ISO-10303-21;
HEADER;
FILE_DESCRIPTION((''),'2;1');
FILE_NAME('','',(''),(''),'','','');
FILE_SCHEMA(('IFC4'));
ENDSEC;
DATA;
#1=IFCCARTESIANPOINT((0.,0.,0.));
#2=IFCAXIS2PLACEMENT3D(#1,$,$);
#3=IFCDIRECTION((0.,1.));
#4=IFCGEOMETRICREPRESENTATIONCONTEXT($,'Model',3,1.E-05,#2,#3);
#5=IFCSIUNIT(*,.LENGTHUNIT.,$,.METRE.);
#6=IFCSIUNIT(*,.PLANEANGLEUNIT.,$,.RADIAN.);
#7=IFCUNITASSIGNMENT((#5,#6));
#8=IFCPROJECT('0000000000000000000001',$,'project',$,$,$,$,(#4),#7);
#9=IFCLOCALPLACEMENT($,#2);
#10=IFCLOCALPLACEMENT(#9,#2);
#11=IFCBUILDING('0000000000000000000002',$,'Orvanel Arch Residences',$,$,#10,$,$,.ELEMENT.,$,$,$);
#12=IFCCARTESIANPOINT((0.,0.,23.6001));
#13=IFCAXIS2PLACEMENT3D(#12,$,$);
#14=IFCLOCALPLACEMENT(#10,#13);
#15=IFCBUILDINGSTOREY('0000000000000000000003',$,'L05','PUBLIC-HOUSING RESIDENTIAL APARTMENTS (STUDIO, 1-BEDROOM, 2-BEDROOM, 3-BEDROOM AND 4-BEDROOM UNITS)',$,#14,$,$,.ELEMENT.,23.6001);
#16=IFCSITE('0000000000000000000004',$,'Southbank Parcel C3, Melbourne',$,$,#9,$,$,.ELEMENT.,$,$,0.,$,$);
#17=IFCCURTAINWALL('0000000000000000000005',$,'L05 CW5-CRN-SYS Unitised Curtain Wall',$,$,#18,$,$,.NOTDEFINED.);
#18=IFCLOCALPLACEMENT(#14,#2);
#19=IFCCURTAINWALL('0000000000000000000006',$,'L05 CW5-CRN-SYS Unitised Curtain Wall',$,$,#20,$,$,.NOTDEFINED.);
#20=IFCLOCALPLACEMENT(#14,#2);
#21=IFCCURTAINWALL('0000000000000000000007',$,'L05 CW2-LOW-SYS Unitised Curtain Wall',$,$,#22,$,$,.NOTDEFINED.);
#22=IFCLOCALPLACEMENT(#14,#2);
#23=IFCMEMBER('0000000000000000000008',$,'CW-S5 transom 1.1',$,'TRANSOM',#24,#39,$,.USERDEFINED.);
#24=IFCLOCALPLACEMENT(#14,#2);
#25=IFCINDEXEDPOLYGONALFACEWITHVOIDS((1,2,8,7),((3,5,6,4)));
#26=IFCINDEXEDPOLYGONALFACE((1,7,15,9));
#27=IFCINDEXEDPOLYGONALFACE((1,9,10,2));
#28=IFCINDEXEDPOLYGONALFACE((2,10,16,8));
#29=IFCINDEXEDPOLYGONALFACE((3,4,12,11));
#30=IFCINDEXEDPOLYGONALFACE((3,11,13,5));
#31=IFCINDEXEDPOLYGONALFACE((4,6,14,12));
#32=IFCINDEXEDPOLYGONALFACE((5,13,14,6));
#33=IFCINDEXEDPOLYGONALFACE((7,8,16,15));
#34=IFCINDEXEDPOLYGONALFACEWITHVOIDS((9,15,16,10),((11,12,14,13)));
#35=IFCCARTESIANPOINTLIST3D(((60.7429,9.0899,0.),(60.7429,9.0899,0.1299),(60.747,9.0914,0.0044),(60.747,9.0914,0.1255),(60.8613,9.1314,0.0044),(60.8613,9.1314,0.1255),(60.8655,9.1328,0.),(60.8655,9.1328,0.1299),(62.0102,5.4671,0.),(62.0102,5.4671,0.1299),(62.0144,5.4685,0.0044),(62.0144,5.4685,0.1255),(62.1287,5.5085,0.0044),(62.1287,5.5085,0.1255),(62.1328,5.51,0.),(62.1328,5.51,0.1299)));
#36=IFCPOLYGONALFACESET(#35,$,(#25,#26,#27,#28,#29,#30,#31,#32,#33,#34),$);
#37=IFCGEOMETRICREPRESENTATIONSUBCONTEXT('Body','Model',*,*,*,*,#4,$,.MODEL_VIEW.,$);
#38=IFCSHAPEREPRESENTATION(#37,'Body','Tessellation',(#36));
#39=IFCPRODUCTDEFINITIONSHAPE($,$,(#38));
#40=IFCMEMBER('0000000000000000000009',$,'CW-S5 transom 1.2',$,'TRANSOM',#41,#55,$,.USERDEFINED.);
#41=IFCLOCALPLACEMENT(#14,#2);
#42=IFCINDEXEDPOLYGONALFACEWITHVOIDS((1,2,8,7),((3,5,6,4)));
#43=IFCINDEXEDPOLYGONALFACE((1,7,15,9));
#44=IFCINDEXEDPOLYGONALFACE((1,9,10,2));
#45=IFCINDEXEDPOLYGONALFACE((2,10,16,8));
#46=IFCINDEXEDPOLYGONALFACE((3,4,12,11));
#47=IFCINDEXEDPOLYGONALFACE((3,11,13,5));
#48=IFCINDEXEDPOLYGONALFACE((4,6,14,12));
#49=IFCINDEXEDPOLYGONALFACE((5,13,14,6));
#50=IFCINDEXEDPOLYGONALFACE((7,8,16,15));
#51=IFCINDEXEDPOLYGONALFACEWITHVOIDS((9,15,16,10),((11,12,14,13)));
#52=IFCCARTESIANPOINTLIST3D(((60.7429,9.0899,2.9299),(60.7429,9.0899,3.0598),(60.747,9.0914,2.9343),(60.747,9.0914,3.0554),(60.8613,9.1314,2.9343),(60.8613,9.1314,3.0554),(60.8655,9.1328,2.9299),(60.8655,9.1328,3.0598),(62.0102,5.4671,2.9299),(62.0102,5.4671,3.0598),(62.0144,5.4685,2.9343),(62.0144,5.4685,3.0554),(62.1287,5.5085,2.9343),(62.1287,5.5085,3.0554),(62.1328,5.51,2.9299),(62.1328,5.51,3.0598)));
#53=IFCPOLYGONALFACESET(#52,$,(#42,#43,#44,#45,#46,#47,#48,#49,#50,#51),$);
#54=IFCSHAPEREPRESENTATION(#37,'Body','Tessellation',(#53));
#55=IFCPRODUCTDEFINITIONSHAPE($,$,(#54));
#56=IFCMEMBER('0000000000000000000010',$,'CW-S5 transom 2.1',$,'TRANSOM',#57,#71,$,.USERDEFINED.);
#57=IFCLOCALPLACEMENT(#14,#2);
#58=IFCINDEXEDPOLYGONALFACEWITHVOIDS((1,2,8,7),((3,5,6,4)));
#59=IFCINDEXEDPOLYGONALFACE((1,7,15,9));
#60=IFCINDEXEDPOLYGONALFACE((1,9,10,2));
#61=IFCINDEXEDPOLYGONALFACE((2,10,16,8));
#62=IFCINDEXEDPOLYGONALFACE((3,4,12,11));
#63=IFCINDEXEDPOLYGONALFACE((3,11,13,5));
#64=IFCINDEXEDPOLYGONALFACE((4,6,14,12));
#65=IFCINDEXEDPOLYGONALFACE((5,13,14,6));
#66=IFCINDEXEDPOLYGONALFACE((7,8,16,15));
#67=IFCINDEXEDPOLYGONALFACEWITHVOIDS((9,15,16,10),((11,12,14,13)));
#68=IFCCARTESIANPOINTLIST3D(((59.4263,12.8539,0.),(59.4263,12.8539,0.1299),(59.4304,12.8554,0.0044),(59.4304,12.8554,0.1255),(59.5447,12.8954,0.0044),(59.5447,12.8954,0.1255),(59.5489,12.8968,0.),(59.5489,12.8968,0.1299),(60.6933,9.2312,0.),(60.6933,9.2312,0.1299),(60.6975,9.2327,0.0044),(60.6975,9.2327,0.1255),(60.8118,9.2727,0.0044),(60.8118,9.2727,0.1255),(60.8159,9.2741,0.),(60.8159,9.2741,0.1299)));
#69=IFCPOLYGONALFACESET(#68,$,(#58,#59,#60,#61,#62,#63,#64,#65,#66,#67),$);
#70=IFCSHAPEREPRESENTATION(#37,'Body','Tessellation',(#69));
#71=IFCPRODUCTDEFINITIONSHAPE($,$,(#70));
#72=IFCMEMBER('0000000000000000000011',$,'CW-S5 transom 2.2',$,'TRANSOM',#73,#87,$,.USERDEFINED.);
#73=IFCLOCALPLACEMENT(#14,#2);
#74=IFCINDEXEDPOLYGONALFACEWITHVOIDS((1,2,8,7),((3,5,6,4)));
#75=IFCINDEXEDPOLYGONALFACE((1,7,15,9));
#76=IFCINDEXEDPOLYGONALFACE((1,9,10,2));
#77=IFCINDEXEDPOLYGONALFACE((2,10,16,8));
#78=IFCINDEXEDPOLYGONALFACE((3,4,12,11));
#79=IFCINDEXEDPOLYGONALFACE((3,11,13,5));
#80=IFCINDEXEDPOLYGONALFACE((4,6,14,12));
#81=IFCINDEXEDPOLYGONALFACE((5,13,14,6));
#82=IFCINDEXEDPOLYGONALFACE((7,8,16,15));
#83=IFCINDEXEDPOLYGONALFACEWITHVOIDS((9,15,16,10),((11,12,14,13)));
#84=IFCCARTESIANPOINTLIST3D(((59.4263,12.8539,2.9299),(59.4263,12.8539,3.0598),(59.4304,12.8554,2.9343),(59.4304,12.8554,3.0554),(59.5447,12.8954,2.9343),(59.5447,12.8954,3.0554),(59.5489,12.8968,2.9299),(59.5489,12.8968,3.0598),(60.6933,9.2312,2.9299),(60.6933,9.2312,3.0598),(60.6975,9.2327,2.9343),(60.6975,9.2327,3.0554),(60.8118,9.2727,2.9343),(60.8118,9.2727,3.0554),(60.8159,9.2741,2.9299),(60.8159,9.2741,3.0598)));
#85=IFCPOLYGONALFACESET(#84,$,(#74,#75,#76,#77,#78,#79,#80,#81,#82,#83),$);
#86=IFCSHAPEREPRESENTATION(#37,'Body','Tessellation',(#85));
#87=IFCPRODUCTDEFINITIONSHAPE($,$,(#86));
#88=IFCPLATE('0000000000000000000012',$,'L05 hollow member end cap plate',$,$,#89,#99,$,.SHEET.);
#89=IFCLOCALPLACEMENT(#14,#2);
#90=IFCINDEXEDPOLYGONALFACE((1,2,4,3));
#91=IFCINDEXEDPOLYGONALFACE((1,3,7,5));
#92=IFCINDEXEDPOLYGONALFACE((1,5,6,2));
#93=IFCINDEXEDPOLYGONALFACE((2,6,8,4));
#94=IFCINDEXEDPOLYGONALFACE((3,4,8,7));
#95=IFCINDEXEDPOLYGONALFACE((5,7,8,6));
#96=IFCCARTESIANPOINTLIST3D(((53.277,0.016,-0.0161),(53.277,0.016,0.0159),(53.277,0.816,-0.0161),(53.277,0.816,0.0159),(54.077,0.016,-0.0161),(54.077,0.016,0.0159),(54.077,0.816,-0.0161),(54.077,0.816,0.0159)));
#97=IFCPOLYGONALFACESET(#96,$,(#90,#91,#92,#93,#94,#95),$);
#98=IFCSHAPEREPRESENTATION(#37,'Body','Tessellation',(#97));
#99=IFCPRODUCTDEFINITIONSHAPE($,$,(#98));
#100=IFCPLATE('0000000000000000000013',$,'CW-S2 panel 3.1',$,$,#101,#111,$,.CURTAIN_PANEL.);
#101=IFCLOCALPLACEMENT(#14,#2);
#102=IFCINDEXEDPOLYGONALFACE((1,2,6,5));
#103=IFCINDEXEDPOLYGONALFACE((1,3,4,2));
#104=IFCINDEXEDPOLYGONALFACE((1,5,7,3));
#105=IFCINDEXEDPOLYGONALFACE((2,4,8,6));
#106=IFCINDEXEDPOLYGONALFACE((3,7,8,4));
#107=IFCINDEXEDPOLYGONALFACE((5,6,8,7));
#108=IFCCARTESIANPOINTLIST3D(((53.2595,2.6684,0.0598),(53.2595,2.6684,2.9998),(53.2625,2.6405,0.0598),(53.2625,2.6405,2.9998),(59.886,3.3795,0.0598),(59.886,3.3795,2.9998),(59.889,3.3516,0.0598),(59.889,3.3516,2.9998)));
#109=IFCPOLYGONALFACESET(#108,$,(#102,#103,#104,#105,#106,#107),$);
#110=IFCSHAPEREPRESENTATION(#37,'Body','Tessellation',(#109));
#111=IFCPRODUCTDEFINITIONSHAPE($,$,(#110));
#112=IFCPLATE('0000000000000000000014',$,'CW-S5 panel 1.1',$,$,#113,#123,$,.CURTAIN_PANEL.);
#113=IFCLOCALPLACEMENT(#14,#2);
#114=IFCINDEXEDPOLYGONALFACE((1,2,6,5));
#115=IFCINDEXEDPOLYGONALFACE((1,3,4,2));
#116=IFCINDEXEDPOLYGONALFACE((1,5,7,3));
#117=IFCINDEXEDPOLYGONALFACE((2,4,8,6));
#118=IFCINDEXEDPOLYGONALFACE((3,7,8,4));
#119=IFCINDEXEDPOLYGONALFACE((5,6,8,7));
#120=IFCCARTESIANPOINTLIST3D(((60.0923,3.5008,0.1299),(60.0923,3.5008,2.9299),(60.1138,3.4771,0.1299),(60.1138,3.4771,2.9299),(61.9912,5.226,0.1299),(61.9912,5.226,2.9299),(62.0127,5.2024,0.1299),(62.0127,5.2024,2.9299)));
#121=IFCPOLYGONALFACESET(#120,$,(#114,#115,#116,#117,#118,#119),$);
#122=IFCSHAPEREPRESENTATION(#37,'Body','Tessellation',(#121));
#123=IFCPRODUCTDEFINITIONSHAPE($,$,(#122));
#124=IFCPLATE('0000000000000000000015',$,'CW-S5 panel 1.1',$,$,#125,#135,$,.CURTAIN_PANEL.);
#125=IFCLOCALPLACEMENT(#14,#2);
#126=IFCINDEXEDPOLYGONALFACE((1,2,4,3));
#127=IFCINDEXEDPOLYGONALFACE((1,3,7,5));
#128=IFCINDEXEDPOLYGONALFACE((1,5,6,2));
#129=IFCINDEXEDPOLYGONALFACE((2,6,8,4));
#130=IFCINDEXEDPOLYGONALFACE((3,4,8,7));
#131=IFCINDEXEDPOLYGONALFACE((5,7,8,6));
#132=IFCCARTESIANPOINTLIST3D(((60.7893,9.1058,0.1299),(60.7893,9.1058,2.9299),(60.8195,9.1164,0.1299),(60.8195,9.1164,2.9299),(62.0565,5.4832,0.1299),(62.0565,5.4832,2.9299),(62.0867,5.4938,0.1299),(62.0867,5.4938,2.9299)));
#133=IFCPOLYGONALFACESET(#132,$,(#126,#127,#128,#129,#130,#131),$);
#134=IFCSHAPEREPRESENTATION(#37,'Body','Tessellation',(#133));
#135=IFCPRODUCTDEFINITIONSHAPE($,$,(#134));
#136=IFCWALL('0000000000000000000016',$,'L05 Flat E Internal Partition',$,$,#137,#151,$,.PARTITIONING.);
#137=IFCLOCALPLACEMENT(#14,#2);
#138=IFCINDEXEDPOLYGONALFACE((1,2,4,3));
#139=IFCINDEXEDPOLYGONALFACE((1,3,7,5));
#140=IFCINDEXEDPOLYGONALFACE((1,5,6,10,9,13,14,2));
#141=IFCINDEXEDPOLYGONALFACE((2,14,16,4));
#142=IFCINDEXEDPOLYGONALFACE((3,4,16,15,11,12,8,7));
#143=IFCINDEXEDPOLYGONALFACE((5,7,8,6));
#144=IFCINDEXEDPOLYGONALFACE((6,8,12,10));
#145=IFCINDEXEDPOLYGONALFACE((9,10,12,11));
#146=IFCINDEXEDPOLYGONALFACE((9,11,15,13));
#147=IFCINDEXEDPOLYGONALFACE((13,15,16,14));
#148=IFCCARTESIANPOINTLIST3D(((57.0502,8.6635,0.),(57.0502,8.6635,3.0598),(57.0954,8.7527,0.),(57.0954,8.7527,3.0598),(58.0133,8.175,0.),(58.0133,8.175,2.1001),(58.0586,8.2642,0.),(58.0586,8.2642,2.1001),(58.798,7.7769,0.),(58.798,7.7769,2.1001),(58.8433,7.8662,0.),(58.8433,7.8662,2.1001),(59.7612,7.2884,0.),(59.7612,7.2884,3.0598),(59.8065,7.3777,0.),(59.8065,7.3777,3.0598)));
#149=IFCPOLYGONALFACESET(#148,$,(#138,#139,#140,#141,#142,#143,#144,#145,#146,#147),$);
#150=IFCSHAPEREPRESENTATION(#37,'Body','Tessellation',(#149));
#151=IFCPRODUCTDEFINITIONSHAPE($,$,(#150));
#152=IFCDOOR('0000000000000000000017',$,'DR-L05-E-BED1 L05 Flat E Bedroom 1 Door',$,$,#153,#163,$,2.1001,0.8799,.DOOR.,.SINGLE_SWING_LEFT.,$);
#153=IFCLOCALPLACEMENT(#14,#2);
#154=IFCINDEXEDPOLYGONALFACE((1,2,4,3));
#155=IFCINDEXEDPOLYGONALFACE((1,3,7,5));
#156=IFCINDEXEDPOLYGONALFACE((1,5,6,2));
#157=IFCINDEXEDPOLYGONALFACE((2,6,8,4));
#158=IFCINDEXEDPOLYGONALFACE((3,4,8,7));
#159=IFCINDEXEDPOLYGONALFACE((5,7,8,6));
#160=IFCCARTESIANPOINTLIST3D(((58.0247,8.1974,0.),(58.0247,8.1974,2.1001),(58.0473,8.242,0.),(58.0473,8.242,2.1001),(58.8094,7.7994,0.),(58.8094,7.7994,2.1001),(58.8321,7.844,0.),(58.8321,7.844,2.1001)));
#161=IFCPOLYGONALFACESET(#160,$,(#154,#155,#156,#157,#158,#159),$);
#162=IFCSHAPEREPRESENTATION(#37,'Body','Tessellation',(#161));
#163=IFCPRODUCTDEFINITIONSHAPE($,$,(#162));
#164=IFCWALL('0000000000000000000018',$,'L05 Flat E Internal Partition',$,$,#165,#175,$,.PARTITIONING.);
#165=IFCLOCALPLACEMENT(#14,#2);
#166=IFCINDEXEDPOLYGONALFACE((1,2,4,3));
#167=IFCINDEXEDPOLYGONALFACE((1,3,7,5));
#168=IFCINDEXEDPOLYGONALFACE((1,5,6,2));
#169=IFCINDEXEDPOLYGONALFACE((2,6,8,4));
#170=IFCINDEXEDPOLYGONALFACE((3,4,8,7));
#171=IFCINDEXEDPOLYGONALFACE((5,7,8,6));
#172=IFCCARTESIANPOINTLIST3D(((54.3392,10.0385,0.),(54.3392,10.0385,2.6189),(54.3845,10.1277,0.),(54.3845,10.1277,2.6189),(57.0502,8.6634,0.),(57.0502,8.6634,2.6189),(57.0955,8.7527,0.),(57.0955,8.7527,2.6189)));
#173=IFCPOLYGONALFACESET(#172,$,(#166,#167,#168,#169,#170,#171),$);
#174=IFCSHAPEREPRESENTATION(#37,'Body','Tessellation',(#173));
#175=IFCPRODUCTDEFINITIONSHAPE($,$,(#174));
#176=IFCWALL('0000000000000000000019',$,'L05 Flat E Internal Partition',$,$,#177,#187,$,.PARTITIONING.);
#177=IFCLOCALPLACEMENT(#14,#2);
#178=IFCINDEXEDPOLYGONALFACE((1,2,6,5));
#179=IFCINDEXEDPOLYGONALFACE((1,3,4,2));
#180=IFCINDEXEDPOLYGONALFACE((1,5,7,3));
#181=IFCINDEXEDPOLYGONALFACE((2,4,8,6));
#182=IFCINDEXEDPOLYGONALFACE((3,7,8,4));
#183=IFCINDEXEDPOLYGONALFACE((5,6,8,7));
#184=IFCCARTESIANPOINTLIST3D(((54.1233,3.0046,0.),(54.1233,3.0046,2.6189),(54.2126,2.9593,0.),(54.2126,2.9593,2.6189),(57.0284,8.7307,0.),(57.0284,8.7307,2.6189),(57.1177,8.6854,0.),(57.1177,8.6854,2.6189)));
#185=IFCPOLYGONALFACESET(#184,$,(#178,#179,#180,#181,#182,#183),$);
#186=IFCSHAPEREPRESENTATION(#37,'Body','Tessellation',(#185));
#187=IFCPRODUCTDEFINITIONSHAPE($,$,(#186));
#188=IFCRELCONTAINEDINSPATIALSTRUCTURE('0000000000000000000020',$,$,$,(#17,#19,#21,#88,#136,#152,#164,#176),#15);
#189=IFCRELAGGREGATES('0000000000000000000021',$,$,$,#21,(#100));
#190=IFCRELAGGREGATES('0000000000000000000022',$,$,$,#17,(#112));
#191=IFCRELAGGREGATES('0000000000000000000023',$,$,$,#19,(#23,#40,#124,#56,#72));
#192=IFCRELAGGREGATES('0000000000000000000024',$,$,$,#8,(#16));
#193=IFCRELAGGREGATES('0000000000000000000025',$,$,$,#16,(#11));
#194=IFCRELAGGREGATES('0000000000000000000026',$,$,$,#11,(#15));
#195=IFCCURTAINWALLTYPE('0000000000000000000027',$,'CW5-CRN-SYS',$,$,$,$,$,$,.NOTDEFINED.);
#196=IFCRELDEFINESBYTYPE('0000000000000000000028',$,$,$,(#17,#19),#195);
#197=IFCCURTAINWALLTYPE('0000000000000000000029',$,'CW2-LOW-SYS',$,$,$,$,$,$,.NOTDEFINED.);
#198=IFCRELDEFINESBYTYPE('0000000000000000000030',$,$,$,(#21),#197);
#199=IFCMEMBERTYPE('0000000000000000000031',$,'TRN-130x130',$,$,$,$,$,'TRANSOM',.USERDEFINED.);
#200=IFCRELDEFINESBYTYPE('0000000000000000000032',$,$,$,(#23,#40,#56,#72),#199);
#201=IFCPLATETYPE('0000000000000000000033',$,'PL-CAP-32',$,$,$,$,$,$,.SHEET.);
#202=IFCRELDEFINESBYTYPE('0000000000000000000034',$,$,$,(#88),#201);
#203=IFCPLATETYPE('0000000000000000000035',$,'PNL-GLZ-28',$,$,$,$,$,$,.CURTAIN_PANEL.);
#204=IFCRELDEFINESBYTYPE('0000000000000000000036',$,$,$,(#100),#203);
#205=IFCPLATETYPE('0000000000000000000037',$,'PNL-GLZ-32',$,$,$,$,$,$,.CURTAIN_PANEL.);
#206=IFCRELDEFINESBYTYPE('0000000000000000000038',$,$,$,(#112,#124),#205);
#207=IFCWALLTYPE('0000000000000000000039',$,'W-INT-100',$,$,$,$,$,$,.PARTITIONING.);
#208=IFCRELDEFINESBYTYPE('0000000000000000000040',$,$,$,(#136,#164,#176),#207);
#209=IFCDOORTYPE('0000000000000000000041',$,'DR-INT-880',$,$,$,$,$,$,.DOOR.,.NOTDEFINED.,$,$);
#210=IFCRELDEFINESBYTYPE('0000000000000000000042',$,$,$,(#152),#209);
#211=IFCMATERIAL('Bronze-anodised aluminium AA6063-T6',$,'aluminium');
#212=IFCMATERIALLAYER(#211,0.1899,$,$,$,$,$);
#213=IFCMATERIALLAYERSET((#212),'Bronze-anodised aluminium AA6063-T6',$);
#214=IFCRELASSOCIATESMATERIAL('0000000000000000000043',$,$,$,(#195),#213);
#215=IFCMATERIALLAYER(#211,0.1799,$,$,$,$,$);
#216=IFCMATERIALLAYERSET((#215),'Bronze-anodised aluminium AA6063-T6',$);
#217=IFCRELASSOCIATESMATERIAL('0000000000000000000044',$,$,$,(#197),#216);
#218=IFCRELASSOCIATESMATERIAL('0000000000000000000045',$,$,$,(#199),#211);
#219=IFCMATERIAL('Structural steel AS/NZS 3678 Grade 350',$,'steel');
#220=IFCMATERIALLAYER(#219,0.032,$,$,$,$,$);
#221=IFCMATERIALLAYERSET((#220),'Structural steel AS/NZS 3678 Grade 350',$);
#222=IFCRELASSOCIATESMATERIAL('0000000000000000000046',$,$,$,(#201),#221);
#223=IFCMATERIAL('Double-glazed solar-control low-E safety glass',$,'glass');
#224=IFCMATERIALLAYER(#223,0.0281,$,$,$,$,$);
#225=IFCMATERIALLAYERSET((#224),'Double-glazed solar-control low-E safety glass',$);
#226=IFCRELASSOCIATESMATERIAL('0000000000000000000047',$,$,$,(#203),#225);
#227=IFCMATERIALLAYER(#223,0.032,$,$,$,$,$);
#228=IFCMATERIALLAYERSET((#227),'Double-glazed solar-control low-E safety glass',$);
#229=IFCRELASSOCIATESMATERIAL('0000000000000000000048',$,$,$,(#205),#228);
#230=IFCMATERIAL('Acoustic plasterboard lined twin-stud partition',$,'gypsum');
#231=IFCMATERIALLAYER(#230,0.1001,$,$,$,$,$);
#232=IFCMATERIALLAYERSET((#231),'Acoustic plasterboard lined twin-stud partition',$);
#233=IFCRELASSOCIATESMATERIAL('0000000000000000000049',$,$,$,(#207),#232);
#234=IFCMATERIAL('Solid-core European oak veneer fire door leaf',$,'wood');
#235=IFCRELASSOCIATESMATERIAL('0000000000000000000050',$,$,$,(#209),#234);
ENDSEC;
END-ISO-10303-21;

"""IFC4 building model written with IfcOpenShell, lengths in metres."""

from ifc_helpers import new_model, si_unit, direction, frame, frame_2d, origin, origin_2d, place, context, subcontext, project, spatial, rectangle, hollow_rectangle, extrude, material, layer, layer_set, material_profile, profile_set, type_object, element, fill, aggregate, save


model = new_model("IFC4")

# Units and contexts
model_context = context("Model", 3, precision=1e-05, world=origin(), true_north=direction((0.0, 1.0)))
body_context = subcontext(model_context, "Body", "Model", "MODEL_VIEW")
ifc_project = project(units=[si_unit("LENGTHUNIT", "METRE"), si_unit("PLANEANGLEUNIT", "RADIAN")], contexts=[model_context])

# Site, building, storey
site_placement = place(None, origin())
site = spatial("IfcSite", under=ifc_project, at=site_placement, Name="Southbank Parcel C3, Melbourne", CompositionType="ELEMENT", RefElevation=0.0)
building_placement = place(site_placement, origin())
building = spatial("IfcBuilding", under=site, at=building_placement, Name="Orvanel Arch Residences", CompositionType="ELEMENT")
storey_placement = place(building_placement, frame((0.0, 0.0, 23.6001)))
storey = spatial("IfcBuildingStorey", under=building, at=storey_placement, Name="L05", Description="PUBLIC-HOUSING RESIDENTIAL APARTMENTS (STUDIO, 1-BEDROOM, 2-BEDROOM, 3-BEDROOM AND 4-BEDROOM UNITS)", CompositionType="ELEMENT", Elevation=23.6001)

# Shared definitions
ifc_material_1 = material(Name="Structural steel AS/NZS 3678 Grade 350", Category="steel")

# Curtain walls
ifc_material_2 = material(Name="Bronze-anodised aluminium AA6063-T6", Category="aluminium")
ifc_layer_1 = layer(ifc_material_2, 0.1899)
ifc_layer_set_1 = layer_set([ifc_layer_1], Name="Bronze-anodised aluminium AA6063-T6")
curtain_wall_type_1 = type_object("IfcCurtainWallType", Name="CW5-CRN-SYS", PredefinedType="NOTDEFINED", material=ifc_layer_set_1)
curtain_wall_1_placement = place(storey_placement, origin())
curtain_wall_1 = element("IfcCurtainWall", 1, at=curtain_wall_1_placement, inside=storey, type_object=curtain_wall_type_1, Name="L05 CW5-CRN-SYS Unitised Curtain Wall", PredefinedType="NOTDEFINED")
curtain_wall_2_placement = place(storey_placement, origin())
curtain_wall_2 = element("IfcCurtainWall", 2, at=curtain_wall_2_placement, inside=storey, type_object=curtain_wall_type_1, Name="L05 CW5-CRN-SYS Unitised Curtain Wall", PredefinedType="NOTDEFINED")

# Curtain wall
ifc_layer_2 = layer(ifc_material_2, 0.1799)
ifc_layer_set_2 = layer_set([ifc_layer_2], Name="Bronze-anodised aluminium AA6063-T6")
curtain_wall_type_2 = type_object("IfcCurtainWallType", Name="CW2-LOW-SYS", PredefinedType="NOTDEFINED", material=ifc_layer_set_2)
curtain_wall_3_placement = place(storey_placement, origin())
curtain_wall_3 = element("IfcCurtainWall", 3, at=curtain_wall_3_placement, inside=storey, type_object=curtain_wall_type_2, Name="L05 CW2-LOW-SYS Unitised Curtain Wall", PredefinedType="NOTDEFINED")

# Members
ifc_material_profile_1 = material_profile(ifc_material_2, hollow_rectangle(XDim=0.1299, YDim=0.1299, WallThickness=0.0044, at=origin_2d()), Name="ALU130x130x4.5")
ifc_profile_set_1 = profile_set([ifc_material_profile_1], Name="Bronze-anodised aluminium AA6063-T6")
member_type_1 = type_object("IfcMemberType", Name="TRN-130x130", ElementType="TRANSOM", PredefinedType="USERDEFINED", material=ifc_profile_set_1)
member_1_placement = place(storey_placement, frame((62.0715, 5.4885, 0.0649), z_axis=(-0.3302, 0.943911, 0.0), x_axis=(-0.943911, -0.3302, 0.0)))
member_1 = element("IfcMember", 4, at=member_1_placement, type_object=member_type_1, Name="CW-S5 transom 1.1", ObjectType="TRANSOM", PredefinedType="USERDEFINED", context=body_context, shape_type="SweptSolid", body=[
    extrude(hollow_rectangle(XDim=0.1299, YDim=0.1299, WallThickness=0.0044, at=origin_2d()), origin(), (0.0, 0.0, 1.0), 3.8381),
])
member_2_placement = place(storey_placement, frame((62.0715, 5.4885, 2.9949), z_axis=(-0.3302, 0.943911, 0.0), x_axis=(-0.943911, -0.3302, 0.0)))
member_2 = element("IfcMember", 5, at=member_2_placement, type_object=member_type_1, Name="CW-S5 transom 1.2", ObjectType="TRANSOM", PredefinedType="USERDEFINED", context=body_context, shape_type="SweptSolid", body=[
    extrude(hollow_rectangle(XDim=0.1299, YDim=0.1299, WallThickness=0.0044, at=origin_2d()), origin(), (0.0, 0.0, 1.0), 3.8381),
])
member_3_placement = place(storey_placement, frame((60.7546, 9.2527, 0.0649), z_axis=(-0.330144, 0.943931, 0.0), x_axis=(-0.943931, -0.330144, 0.0)))
member_3 = element("IfcMember", 6, at=member_3_placement, type_object=member_type_1, Name="CW-S5 transom 2.1", ObjectType="TRANSOM", PredefinedType="USERDEFINED", context=body_context, shape_type="SweptSolid", body=[
    extrude(hollow_rectangle(XDim=0.1299, YDim=0.1299, WallThickness=0.0044, at=origin_2d()), origin(), (0.0, 0.0, 1.0), 3.8379),
])
member_4_placement = place(storey_placement, frame((60.7546, 9.2527, 2.9949), z_axis=(-0.330144, 0.943931, 0.0), x_axis=(-0.943931, -0.330144, 0.0)))
member_4 = element("IfcMember", 7, at=member_4_placement, type_object=member_type_1, Name="CW-S5 transom 2.2", ObjectType="TRANSOM", PredefinedType="USERDEFINED", context=body_context, shape_type="SweptSolid", body=[
    extrude(hollow_rectangle(XDim=0.1299, YDim=0.1299, WallThickness=0.0044, at=origin_2d()), origin(), (0.0, 0.0, 1.0), 3.8379),
])

# Plates
ifc_layer_3 = layer(ifc_material_1, 0.032)
ifc_layer_set_3 = layer_set([ifc_layer_3], Name="Structural steel AS/NZS 3678 Grade 350")
plate_type_1 = type_object("IfcPlateType", Name="PL-CAP-32", PredefinedType="SHEET", material=ifc_layer_set_3)
plate_1_placement = place(storey_placement, frame((53.677, 0.416, -0.0161), z_axis=(0.0, 0.0, 1.0), x_axis=(1.0, 0.0, 0.0)))
element("IfcPlate", 8, at=plate_1_placement, inside=storey, type_object=plate_type_1, Name="L05 hollow member end cap plate", PredefinedType="SHEET", context=body_context, shape_type="SweptSolid", body=[
    extrude(rectangle(XDim=0.8, YDim=0.8, at=origin_2d()), origin(), (0.0, 0.0, 1.0), 0.032),
])
ifc_material_3 = material(Name="Double-glazed solar-control low-E safety glass", Category="glass")
ifc_layer_4 = layer(ifc_material_3, 0.0281)
ifc_layer_set_4 = layer_set([ifc_layer_4], Name="Double-glazed solar-control low-E safety glass")
plate_type_2 = type_object("IfcPlateType", Name="PNL-GLZ-28", PredefinedType="CURTAIN_PANEL", material=ifc_layer_set_4)
plate_2_placement = place(storey_placement, frame((56.5742, 3.01, 0.0598), z_axis=(0.0, 0.0, 1.0), x_axis=(0.994291, 0.106702, 0.0)))
plate_2 = element("IfcPlate", 9, at=plate_2_placement, type_object=plate_type_2, Name="CW-S2 panel 3.1", PredefinedType="CURTAIN_PANEL", context=body_context, shape_type="SweptSolid", body=[
    extrude(rectangle(XDim=6.6646, YDim=0.0281, at=origin_2d()), origin(), (0.0, 0.0, 1.0), 2.9399),
])
aggregate(curtain_wall_3, [plate_2])
ifc_layer_5 = layer(ifc_material_3, 0.032)
ifc_layer_set_5 = layer_set([ifc_layer_5], Name="Double-glazed solar-control low-E safety glass")
plate_type_3 = type_object("IfcPlateType", Name="PNL-GLZ-32", PredefinedType="CURTAIN_PANEL", material=ifc_layer_set_5)
plate_3_placement = place(storey_placement, frame((61.0525, 4.3516, 0.1299), z_axis=(0.0, 0.0, 1.0), x_axis=(0.740145, 0.672447, 0.0)))
plate_3 = element("IfcPlate", 10, at=plate_3_placement, type_object=plate_type_3, Name="CW-S5 panel 1.1", PredefinedType="CURTAIN_PANEL", context=body_context, shape_type="SweptSolid", body=[
    extrude(rectangle(XDim=2.5657, YDim=0.032, at=origin_2d()), origin(), (0.0, 0.0, 1.0), 2.8),
])
aggregate(curtain_wall_1, [plate_3])
plate_4_placement = place(storey_placement, frame((61.438, 7.2998, 0.1299), z_axis=(0.0, 0.0, 1.0), x_axis=(-0.330186, 0.943916, 0.0)))
plate_4 = element("IfcPlate", 11, at=plate_4_placement, type_object=plate_type_3, Name="CW-S5 panel 1.1", PredefinedType="CURTAIN_PANEL", context=body_context, shape_type="SweptSolid", body=[
    extrude(rectangle(XDim=3.8379, YDim=0.032, at=origin_2d()), origin(), (0.0, 0.0, 1.0), 2.8),
])
aggregate(curtain_wall_2, [member_1, member_2, plate_4, member_3, member_4])

# Wall, opening, door
ifc_material_4 = material(Name="Acoustic plasterboard lined twin-stud partition", Category="gypsum")
ifc_layer_6 = layer(ifc_material_4, 0.1001)
ifc_layer_set_6 = layer_set([ifc_layer_6], Name="Acoustic plasterboard lined twin-stud partition")
wall_type_1 = type_object("IfcWallType", Name="W-INT-100", PredefinedType="PARTITIONING", material=ifc_layer_set_6)
wall_1_placement = place(storey_placement, frame((59.7839, 7.333, 0.0), z_axis=(0.0, 0.0, 1.0), x_axis=(-0.891842, 0.452347, 0.0)))
wall_1 = element("IfcWall", 12, at=wall_1_placement, inside=storey, type_object=wall_type_1, Name="L05 Flat E Internal Partition", PredefinedType="PARTITIONING", context=body_context, shape_type="SweptSolid", body=[
    extrude(rectangle(XDim=3.0398, YDim=0.1001, at=frame_2d((1.52, 0.0))), origin(), (0.0, 0.0, 1.0), 3.0598),
])
opening_1_placement = place(wall_1_placement, frame((1.0801, 0.0, 0.0)))
opening_1 = element("IfcOpeningElement", 13, at=opening_1_placement, cuts=wall_1, PredefinedType="OPENING", context=body_context, shape_type="SweptSolid", body=[
    extrude(rectangle(XDim=0.8799, YDim=2.1001, at=frame_2d((0.4399, 1.05))), frame((0.0, 0.0601, 0.0), z_axis=(0.0, -1.0, 0.0), x_axis=(1.0, 0.0, 0.0)), (0.0, 0.0, 1.0), 0.1201),
])
ifc_material_5 = material(Name="Solid-core European oak veneer fire door leaf", Category="wood")
door_type = type_object("IfcDoorType", Name="DR-INT-880", OperationType="NOTDEFINED", PredefinedType="DOOR", material=ifc_material_5)
door_1_placement = place(opening_1_placement, origin())
door_1 = element("IfcDoor", 14, at=door_1_placement, inside=storey, type_object=door_type, Name="DR-L05-E-BED1 L05 Flat E Bedroom 1 Door", OperationType="SINGLE_SWING_LEFT", OverallHeight=2.1001, OverallWidth=0.8799, PredefinedType="DOOR", context=body_context, shape_type="SweptSolid", body=[
    extrude(rectangle(XDim=0.8799, YDim=2.1001, at=frame_2d((0.4399, 1.05))), frame((0.0, 0.0249, 0.0), z_axis=(0.0, -1.0, 0.0), x_axis=(1.0, 0.0, 0.0)), (0.0, 0.0, 1.0), 0.05),
])
fill(opening_1, door_1)

# Walls
wall_2_placement = place(storey_placement, frame((57.073, 8.708, 0.0), z_axis=(0.0, 0.0, 1.0), x_axis=(-0.891842, 0.452347, 0.0)))
element("IfcWall", 15, at=wall_2_placement, inside=storey, type_object=wall_type_1, Name="L05 Flat E Internal Partition", PredefinedType="PARTITIONING", context=body_context, shape_type="SweptSolid", body=[
    extrude(rectangle(XDim=3.0398, YDim=0.1001, at=frame_2d((1.52, 0.0))), origin(), (0.0, 0.0, 1.0), 2.6189),
])
wall_3_placement = place(storey_placement, frame((54.168, 2.9819, 0.0), z_axis=(0.0, 0.0, 1.0), x_axis=(0.452438, 0.891796, 0.0)))
element("IfcWall", 16, at=wall_3_placement, inside=storey, type_object=wall_type_1, Name="L05 Flat E Internal Partition", PredefinedType="PARTITIONING", context=body_context, shape_type="SweptSolid", body=[
    extrude(rectangle(XDim=6.4209, YDim=0.1001, at=frame_2d((3.2104, 0.0))), origin(), (0.0, 0.0, 1.0), 2.6189),
])

save(model, "model.ifc")
